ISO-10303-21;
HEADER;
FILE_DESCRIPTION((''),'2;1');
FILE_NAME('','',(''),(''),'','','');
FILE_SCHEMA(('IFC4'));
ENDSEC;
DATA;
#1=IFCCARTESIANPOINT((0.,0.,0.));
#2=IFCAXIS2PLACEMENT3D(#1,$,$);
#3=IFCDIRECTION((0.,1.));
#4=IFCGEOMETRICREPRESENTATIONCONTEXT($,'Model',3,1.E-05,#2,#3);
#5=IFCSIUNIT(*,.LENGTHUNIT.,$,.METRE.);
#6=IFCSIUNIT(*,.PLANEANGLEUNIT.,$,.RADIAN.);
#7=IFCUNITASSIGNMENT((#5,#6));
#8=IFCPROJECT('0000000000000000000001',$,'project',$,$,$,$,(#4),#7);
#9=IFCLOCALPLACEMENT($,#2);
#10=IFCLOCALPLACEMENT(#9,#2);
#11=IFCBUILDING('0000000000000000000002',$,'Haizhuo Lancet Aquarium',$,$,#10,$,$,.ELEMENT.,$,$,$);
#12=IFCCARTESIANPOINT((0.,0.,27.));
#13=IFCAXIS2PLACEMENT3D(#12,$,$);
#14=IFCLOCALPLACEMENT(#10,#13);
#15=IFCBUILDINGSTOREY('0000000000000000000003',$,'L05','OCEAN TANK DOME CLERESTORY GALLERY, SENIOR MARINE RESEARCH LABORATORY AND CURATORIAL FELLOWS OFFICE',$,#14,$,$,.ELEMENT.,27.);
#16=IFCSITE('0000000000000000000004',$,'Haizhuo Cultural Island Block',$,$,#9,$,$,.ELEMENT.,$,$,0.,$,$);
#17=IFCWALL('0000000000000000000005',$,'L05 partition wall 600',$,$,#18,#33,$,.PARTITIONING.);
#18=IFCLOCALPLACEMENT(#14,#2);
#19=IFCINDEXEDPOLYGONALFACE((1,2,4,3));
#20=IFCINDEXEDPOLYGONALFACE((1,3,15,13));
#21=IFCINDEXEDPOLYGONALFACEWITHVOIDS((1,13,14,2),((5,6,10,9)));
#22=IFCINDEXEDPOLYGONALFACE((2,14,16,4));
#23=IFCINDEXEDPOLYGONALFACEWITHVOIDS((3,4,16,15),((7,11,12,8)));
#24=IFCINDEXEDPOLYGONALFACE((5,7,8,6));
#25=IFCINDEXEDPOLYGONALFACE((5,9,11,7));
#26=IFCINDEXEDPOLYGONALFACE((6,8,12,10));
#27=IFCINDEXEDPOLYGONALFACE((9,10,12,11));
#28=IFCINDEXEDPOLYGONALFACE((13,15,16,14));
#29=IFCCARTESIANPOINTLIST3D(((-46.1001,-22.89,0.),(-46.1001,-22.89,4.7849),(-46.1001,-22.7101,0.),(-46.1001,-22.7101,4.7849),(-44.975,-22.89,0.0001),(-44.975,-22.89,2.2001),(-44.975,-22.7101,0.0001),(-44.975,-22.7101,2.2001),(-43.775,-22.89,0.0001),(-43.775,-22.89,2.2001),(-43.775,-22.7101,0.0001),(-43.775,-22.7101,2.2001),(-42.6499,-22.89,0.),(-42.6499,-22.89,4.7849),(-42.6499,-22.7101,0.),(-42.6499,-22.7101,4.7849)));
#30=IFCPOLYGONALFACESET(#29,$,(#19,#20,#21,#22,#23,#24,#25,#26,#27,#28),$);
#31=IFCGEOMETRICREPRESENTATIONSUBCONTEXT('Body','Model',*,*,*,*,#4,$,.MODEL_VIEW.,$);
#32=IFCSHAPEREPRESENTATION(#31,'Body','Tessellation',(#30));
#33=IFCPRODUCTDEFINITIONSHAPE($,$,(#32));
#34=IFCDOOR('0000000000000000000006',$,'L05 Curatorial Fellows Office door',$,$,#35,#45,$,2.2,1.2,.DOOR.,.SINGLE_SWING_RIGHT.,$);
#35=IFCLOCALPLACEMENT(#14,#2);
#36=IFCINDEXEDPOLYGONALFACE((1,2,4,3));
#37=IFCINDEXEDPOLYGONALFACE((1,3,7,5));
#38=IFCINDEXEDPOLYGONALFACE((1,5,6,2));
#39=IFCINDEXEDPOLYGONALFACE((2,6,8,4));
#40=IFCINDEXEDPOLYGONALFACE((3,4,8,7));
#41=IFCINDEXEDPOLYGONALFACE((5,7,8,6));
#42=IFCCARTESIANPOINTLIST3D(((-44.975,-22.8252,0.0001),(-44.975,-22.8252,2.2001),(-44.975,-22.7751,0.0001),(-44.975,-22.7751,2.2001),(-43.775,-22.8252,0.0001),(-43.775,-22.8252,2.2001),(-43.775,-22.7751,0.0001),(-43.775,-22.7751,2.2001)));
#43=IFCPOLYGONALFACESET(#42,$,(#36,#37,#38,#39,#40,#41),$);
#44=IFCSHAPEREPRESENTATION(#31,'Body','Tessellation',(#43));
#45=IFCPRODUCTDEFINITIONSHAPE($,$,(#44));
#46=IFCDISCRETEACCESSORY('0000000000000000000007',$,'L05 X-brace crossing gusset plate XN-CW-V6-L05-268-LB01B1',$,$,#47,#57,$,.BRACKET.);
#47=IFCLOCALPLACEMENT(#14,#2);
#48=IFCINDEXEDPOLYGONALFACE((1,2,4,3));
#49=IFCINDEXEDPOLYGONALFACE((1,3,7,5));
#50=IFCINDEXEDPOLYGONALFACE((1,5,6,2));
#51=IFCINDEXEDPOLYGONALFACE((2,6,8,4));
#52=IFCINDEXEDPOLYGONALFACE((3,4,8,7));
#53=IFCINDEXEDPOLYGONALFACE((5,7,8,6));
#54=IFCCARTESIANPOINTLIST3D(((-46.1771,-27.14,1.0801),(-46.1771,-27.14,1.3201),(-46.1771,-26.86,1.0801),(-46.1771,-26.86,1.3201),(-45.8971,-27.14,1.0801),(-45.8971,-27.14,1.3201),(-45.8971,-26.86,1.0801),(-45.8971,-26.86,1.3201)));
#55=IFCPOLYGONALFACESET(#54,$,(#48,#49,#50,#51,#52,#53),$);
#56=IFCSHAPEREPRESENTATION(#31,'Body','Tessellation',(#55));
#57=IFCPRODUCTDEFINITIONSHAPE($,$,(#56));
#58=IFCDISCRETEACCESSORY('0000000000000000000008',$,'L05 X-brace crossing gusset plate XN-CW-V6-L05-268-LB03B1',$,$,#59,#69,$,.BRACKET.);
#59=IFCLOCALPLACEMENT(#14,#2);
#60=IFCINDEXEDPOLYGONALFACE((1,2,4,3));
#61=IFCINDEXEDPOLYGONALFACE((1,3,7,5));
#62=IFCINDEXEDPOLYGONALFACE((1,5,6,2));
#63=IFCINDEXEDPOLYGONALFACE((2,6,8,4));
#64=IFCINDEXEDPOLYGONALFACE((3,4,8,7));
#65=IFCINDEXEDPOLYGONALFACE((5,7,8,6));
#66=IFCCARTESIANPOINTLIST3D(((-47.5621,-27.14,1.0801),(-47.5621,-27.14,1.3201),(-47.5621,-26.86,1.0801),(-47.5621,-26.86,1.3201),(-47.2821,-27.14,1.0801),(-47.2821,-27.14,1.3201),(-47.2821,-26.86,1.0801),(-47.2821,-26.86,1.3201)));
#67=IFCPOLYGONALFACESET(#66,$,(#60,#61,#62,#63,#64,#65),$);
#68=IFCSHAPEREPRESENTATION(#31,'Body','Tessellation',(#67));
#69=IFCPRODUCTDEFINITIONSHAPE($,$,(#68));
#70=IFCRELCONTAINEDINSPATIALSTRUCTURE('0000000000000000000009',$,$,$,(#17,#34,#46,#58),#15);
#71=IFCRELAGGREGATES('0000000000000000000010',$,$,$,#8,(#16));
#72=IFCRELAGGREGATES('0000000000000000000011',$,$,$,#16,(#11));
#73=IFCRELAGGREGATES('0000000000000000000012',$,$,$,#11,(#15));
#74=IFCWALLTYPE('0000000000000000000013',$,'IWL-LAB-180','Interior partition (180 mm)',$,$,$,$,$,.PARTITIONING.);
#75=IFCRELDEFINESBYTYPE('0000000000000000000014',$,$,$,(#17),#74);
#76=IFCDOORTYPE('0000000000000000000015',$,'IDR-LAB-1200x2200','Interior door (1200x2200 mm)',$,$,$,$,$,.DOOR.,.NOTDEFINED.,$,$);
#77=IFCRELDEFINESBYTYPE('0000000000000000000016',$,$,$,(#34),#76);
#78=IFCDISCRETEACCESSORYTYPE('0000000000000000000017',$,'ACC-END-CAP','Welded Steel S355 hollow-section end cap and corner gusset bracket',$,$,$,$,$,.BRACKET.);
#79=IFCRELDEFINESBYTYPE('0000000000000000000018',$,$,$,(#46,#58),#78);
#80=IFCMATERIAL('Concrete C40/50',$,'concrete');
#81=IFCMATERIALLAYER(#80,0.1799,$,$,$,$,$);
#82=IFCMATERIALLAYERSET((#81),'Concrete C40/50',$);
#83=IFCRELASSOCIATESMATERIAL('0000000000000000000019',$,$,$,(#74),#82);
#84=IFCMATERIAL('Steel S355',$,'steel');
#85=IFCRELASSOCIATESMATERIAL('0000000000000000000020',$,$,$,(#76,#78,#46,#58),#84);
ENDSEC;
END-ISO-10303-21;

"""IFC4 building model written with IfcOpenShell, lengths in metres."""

from ifc_helpers import new_model, si_unit, direction, frame, frame_2d, origin, origin_2d, place, context, subcontext, project, spatial, rectangle, extrude, material, layer, layer_set, type_object, element, fill, save


model = new_model("IFC4")

# Units and contexts
model_context = context("Model", 3, precision=1e-05, world=origin(), true_north=direction((0.0, 1.0)))
body_context = subcontext(model_context, "Body", "Model", "MODEL_VIEW")
ifc_project = project(units=[si_unit("LENGTHUNIT", "METRE"), si_unit("PLANEANGLEUNIT", "RADIAN")], contexts=[model_context])

# Site, building, storey
site_placement = place(None, origin())
site = spatial("IfcSite", under=ifc_project, at=site_placement, Name="Haizhuo Cultural Island Block", CompositionType="ELEMENT", RefElevation=0.0)
building_placement = place(site_placement, origin())
building = spatial("IfcBuilding", under=site, at=building_placement, Name="Haizhuo Lancet Aquarium", CompositionType="ELEMENT")
storey_placement = place(building_placement, frame((0.0, 0.0, 27.0)))
storey = spatial("IfcBuildingStorey", under=building, at=storey_placement, Name="L05", Description="OCEAN TANK DOME CLERESTORY GALLERY, SENIOR MARINE RESEARCH LABORATORY AND CURATORIAL FELLOWS OFFICE", CompositionType="ELEMENT", Elevation=27.0)

# Shared definitions
ifc_material_1 = material(Name="Concrete C40/50", Category="concrete")

# Shared definitions
ifc_material_2 = material(Name="Steel S355", Category="steel")

# Wall, opening, door
ifc_layer_1 = layer(ifc_material_1, 0.1799)
ifc_layer_set_1 = layer_set([ifc_layer_1], Name="Concrete C40/50")
wall_type_1 = type_object("IfcWallType", Name="IWL-LAB-180", Description="Interior partition (180 mm)", PredefinedType="PARTITIONING", material=ifc_layer_set_1)
wall_1_placement = place(storey_placement, frame((-46.1001, -22.8, 0.0), z_axis=(0.0, 0.0, 1.0), x_axis=(1.0, 0.0, 0.0)))
wall_1 = element("IfcWall", 1, at=wall_1_placement, inside=storey, type_object=wall_type_1, Name="L05 partition wall 600", PredefinedType="PARTITIONING", context=body_context, shape_type="SweptSolid", body=[
    extrude(rectangle(XDim=3.4502, YDim=0.1799, at=frame_2d((1.7251, 0.0))), origin(), (0.0, 0.0, 1.0), 4.7849),
])
opening_1_placement = place(wall_1_placement, frame((1.125, 0.0, 0.0)))
opening_1 = element("IfcOpeningElement", 2, at=opening_1_placement, cuts=wall_1, PredefinedType="OPENING", context=body_context, shape_type="SweptSolid", body=[
    extrude(rectangle(XDim=1.2, YDim=2.2, at=frame_2d((0.6001, 1.1001))), frame((0.0, 0.0999, 0.0), z_axis=(0.0, -1.0, 0.0), x_axis=(1.0, 0.0, 0.0)), (0.0, 0.0, 1.0), 0.1999),
])
door_type_1 = type_object("IfcDoorType", Name="IDR-LAB-1200x2200", Description="Interior door (1200x2200 mm)", OperationType="NOTDEFINED", PredefinedType="DOOR", material=ifc_material_2)
door_1_placement = place(opening_1_placement, origin())
door_1 = element("IfcDoor", 3, at=door_1_placement, inside=storey, type_object=door_type_1, Name="L05 Curatorial Fellows Office door", OperationType="SINGLE_SWING_RIGHT", OverallHeight=2.2, OverallWidth=1.2, PredefinedType="DOOR", context=body_context, shape_type="SweptSolid", body=[
    extrude(rectangle(XDim=1.2, YDim=2.2, at=frame_2d((0.6001, 1.1001))), frame((0.0, 0.0249, 0.0), z_axis=(0.0, -1.0, 0.0), x_axis=(1.0, 0.0, 0.0)), (0.0, 0.0, 1.0), 0.05),
])
fill(opening_1, door_1)

# Discrete accessories
discrete_accessory_type = type_object("IfcDiscreteAccessoryType", Name="ACC-END-CAP", Description="Welded Steel S355 hollow-section end cap and corner gusset bracket", PredefinedType="BRACKET", material=ifc_material_2)
for number, where, z_axis, x_axis, name in (
    (4, (-46.0371, -27.0, 1.0801), (0.0, 0.0, 1.0), (1.0, 0.0, 0.0), "L05 X-brace crossing gusset plate XN-CW-V6-L05-268-LB01B1"),
    (5, (-47.4221, -27.0, 1.0801), (0.0, 0.0, 1.0), (1.0, 0.0, 0.0), "L05 X-brace crossing gusset plate XN-CW-V6-L05-268-LB03B1"),
):
    element("IfcDiscreteAccessory", number, at=place(storey_placement, frame(where, z_axis=z_axis, x_axis=x_axis)), inside=storey, type_object=discrete_accessory_type, material=ifc_material_2, Name=name, PredefinedType="BRACKET", context=body_context, shape_type="SweptSolid", body=[
        extrude(rectangle(XDim=0.28, YDim=0.28, at=origin_2d()), origin(), (0.0, 0.0, 1.0), 0.24),
    ])

save(model, "model.ifc")
